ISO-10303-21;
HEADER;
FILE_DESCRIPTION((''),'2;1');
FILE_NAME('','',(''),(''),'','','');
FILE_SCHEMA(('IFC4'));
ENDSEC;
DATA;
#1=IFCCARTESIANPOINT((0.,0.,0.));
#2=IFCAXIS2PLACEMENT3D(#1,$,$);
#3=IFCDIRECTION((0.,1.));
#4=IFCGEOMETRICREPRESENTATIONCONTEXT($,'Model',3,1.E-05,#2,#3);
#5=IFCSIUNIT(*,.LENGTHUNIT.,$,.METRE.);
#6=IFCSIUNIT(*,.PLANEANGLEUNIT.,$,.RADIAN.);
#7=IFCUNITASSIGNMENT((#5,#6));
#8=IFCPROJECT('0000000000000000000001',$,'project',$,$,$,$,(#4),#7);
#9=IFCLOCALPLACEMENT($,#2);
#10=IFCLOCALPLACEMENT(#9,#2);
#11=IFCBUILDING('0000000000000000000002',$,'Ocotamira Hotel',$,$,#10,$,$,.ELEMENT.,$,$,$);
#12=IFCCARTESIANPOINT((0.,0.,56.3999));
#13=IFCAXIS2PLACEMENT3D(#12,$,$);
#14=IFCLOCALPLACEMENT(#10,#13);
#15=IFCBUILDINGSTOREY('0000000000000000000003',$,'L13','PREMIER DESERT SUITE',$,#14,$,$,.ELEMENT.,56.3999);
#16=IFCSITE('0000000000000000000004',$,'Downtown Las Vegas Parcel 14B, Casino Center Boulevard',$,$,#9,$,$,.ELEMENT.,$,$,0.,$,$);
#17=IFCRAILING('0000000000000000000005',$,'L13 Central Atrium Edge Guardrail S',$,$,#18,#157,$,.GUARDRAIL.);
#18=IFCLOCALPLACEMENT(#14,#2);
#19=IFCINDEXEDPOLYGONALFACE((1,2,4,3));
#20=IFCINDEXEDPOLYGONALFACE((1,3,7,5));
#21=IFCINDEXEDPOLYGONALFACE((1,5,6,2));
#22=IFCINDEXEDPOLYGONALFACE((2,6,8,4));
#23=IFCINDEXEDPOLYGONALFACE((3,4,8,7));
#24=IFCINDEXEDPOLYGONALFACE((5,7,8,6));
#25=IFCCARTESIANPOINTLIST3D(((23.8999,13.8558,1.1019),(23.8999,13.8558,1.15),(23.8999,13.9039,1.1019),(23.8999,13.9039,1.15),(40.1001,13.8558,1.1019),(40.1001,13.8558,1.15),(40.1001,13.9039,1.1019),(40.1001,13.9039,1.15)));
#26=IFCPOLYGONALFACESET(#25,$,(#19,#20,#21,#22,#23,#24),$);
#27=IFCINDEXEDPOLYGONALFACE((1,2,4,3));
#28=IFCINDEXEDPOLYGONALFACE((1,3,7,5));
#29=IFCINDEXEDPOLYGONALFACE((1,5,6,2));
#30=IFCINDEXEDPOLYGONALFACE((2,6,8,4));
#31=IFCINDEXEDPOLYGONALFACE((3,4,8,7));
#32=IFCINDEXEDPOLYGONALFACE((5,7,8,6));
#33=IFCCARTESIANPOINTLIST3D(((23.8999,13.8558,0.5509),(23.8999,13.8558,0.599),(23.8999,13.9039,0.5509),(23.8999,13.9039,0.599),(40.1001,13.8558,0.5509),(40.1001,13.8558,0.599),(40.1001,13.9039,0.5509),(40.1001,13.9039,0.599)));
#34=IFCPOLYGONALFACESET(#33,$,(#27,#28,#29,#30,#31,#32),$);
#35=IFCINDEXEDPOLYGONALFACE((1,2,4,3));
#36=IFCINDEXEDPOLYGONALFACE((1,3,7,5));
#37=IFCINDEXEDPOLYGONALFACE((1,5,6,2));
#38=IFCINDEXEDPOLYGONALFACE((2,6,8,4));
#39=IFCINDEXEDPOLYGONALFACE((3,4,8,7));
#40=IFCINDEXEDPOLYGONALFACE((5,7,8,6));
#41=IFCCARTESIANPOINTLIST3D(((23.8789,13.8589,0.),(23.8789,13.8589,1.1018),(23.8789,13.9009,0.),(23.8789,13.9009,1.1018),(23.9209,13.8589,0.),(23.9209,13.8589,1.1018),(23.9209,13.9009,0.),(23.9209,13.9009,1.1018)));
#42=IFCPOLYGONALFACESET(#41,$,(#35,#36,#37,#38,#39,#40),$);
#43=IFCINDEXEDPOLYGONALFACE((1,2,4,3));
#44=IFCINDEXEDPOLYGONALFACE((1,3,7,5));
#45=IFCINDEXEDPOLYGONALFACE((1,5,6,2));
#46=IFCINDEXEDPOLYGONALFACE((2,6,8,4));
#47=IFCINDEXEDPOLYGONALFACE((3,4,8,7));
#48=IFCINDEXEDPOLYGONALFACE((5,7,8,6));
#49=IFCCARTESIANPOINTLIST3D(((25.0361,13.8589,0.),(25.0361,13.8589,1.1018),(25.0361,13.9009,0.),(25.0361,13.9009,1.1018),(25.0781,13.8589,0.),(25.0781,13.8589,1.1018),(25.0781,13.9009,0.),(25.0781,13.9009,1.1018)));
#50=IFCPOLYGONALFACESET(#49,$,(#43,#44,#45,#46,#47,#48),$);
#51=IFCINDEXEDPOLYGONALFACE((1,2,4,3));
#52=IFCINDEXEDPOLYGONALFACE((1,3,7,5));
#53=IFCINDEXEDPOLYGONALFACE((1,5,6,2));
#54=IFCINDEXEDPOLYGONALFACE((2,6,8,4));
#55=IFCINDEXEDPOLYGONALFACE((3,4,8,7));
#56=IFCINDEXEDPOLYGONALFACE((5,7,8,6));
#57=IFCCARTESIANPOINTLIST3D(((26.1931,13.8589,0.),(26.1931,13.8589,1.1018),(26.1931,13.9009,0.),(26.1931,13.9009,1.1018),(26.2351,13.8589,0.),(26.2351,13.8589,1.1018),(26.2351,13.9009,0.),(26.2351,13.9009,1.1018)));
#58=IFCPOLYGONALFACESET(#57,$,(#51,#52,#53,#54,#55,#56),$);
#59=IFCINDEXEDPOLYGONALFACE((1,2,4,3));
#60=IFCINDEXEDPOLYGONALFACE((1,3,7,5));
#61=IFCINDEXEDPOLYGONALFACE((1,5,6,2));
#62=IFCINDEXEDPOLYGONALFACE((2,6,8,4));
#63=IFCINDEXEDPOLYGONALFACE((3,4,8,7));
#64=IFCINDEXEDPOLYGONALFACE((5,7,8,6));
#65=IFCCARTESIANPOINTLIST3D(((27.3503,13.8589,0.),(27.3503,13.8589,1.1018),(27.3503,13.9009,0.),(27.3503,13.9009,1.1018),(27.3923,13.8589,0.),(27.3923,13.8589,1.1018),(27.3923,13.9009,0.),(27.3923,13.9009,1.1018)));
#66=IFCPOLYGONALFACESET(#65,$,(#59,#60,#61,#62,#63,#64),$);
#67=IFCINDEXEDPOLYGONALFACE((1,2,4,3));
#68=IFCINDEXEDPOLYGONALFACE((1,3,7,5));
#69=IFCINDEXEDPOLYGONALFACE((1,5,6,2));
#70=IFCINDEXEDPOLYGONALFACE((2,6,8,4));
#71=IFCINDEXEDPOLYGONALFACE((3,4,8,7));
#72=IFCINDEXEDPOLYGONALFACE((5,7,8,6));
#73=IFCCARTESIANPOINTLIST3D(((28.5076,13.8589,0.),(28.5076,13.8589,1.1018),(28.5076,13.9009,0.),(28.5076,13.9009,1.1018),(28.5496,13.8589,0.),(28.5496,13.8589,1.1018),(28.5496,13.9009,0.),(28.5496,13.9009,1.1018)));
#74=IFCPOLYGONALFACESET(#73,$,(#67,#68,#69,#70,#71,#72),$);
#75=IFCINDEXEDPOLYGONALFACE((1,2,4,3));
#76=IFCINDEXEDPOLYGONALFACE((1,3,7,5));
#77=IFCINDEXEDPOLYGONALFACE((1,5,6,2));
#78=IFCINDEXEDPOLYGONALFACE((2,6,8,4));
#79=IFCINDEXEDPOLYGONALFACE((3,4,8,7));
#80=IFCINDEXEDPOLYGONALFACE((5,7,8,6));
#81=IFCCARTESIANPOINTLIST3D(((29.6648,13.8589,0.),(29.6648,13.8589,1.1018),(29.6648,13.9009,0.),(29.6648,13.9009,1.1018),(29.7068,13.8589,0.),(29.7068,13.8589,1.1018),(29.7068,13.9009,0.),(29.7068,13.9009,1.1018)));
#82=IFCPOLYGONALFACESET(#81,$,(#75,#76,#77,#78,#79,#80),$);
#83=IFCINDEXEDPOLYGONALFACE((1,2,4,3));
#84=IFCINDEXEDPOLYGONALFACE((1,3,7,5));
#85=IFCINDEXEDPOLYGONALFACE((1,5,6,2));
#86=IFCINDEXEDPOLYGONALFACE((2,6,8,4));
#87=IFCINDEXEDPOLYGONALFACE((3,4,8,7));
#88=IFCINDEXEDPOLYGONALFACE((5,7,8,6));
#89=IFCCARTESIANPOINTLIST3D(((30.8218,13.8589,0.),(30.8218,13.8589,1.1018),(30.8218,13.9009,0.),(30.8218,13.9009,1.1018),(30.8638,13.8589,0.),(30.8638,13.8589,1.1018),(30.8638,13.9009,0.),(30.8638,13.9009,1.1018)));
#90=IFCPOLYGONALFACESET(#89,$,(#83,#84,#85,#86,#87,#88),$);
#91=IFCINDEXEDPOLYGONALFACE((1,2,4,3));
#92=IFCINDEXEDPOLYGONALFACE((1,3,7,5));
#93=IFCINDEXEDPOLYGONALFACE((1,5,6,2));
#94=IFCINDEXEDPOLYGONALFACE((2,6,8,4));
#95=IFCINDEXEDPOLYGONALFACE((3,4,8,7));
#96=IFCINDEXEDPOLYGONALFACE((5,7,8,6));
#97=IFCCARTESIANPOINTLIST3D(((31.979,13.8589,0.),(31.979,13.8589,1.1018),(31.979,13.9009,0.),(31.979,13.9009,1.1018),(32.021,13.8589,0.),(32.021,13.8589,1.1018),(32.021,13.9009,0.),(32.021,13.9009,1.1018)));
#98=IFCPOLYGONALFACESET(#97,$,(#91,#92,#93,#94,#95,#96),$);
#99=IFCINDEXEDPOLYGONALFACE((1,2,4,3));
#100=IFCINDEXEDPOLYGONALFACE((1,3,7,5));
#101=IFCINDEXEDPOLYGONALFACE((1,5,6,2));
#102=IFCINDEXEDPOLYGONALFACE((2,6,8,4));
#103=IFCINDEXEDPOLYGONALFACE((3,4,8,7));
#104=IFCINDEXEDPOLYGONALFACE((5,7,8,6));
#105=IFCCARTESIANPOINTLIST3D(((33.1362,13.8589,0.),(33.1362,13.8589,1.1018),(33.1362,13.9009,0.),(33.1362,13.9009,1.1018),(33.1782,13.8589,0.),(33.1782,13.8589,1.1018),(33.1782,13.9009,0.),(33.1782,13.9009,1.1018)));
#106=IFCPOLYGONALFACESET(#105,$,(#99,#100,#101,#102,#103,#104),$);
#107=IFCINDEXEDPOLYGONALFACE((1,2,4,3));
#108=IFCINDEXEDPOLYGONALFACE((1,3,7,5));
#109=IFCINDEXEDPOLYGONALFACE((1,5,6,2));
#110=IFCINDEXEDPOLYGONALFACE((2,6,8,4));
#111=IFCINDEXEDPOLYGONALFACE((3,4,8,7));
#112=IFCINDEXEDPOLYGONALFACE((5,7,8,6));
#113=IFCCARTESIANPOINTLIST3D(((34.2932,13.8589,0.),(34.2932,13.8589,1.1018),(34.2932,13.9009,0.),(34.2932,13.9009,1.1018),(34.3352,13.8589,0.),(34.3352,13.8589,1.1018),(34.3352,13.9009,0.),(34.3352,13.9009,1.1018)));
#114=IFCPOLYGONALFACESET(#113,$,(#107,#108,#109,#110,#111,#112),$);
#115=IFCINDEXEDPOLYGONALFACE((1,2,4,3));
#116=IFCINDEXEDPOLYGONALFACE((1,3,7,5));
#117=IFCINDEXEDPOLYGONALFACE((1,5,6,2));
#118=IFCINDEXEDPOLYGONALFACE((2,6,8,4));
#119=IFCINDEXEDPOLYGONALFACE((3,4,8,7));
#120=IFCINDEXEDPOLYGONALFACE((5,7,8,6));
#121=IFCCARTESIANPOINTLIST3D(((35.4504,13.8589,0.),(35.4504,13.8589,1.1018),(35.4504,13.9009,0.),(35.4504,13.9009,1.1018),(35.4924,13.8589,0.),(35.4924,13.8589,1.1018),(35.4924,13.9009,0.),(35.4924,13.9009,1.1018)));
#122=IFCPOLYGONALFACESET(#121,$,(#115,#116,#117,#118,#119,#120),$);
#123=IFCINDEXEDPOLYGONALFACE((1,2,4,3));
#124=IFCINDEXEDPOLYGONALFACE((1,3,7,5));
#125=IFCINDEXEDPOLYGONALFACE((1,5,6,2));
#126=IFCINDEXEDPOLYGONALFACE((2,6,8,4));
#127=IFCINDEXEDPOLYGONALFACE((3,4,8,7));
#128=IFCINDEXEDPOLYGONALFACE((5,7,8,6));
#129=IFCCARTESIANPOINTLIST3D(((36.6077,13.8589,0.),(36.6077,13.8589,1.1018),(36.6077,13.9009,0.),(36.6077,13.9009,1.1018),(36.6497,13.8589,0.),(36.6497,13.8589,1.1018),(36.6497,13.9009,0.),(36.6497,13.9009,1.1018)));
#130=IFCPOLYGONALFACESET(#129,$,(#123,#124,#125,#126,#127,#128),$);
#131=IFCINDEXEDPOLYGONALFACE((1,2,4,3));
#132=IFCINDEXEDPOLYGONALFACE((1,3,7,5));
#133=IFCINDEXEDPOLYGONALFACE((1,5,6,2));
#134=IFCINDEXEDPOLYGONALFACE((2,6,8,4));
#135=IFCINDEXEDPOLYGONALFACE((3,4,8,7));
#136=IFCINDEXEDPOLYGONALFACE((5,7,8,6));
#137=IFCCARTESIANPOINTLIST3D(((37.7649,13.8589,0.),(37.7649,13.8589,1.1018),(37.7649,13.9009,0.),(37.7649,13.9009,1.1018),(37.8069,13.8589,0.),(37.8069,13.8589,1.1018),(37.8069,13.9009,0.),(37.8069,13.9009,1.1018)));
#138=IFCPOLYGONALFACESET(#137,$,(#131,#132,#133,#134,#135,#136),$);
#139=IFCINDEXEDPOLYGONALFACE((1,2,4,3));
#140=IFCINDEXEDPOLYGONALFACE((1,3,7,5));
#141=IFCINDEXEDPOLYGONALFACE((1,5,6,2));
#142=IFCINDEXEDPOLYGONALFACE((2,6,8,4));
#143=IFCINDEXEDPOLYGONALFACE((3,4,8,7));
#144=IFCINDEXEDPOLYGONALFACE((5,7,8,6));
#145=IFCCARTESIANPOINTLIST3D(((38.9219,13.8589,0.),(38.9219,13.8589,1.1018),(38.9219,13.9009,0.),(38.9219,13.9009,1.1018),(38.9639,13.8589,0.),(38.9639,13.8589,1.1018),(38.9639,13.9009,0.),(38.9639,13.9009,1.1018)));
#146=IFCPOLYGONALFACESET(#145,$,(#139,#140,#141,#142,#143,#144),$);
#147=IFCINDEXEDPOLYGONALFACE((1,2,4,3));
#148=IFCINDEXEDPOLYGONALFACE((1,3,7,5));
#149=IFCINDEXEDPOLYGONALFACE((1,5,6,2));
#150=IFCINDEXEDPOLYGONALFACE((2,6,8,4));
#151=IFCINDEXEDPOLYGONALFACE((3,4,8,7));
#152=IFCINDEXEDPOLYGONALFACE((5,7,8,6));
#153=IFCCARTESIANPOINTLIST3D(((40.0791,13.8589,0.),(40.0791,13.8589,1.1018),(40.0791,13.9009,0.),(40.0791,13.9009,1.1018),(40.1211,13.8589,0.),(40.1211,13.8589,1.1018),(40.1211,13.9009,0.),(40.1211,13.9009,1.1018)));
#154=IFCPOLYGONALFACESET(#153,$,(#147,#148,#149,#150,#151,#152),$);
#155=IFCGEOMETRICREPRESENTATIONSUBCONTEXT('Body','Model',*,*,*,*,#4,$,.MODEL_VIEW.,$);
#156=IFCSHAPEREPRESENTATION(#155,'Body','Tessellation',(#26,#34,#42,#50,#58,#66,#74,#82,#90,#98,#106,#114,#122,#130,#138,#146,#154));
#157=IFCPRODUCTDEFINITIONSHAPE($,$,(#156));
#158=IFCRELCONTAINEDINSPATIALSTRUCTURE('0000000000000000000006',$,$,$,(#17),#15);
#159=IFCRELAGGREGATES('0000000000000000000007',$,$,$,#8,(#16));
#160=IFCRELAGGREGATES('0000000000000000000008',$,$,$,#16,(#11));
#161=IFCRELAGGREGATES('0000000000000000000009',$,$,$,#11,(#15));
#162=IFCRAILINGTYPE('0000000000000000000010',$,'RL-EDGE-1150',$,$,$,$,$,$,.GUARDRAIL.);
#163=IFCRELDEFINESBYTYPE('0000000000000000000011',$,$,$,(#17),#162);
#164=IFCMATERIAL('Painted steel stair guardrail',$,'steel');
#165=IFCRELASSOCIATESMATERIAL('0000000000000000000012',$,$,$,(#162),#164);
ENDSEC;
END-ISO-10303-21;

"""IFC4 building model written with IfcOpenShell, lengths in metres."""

from ifc_helpers import new_model, si_unit, direction, frame, origin, origin_2d, place, context, subcontext, project, spatial, rectangle, extrude, material, type_object, element, save


model = new_model("IFC4")

# Units and contexts
model_context = context("Model", 3, precision=1e-05, world=origin(), true_north=direction((0.0, 1.0)))
body_context = subcontext(model_context, "Body", "Model", "MODEL_VIEW")
ifc_project = project(units=[si_unit("LENGTHUNIT", "METRE"), si_unit("PLANEANGLEUNIT", "RADIAN")], contexts=[model_context])

# Site, building, storey
site_placement = place(None, origin())
site = spatial("IfcSite", under=ifc_project, at=site_placement, Name="Downtown Las Vegas Parcel 14B, Casino Center Boulevard", CompositionType="ELEMENT", RefElevation=0.0)
building_placement = place(site_placement, origin())
building = spatial("IfcBuilding", under=site, at=building_placement, Name="Ocotamira Hotel", CompositionType="ELEMENT")
storey_placement = place(building_placement, frame((0.0, 0.0, 56.3999)))
storey = spatial("IfcBuildingStorey", under=building, at=storey_placement, Name="L13", Description="PREMIER DESERT SUITE", CompositionType="ELEMENT", Elevation=56.3999)

# Railing
ifc_material_1 = material(Name="Painted steel stair guardrail", Category="steel")
railing_type = type_object("IfcRailingType", Name="RL-EDGE-1150", PredefinedType="GUARDRAIL", material=ifc_material_1)
railing_placement = place(storey_placement, frame((23.8999, 13.8799, 0.0)))
element("IfcRailing", 1, at=railing_placement, inside=storey, type_object=railing_type, Name="L13 Central Atrium Edge Guardrail S", PredefinedType="GUARDRAIL", context=body_context, shape_type="SweptSolid", body=[
    extrude(rectangle(XDim=0.0481, YDim=0.0481, at=origin_2d()), frame((0.0, 0.0, 1.126), z_axis=(1.0, 0.0, 0.0), x_axis=(0.0, 1.0, 0.0)), (0.0, 0.0, 1.0), 16.2002),
    extrude(rectangle(XDim=0.0481, YDim=0.0481, at=origin_2d()), frame((0.0, 0.0, 0.575), z_axis=(1.0, 0.0, 0.0), x_axis=(0.0, 1.0, 0.0)), (0.0, 0.0, 1.0), 16.2002),
    extrude(rectangle(XDim=0.042, YDim=0.042, at=origin_2d()), origin(), (0.0, 0.0, 1.0), 1.1018),
    extrude(rectangle(XDim=0.042, YDim=0.042, at=origin_2d()), frame((1.1572, 0.0, 0.0)), (0.0, 0.0, 1.0), 1.1018),
    extrude(rectangle(XDim=0.042, YDim=0.042, at=origin_2d()), frame((2.3142, 0.0, 0.0)), (0.0, 0.0, 1.0), 1.1018),
    extrude(rectangle(XDim=0.042, YDim=0.042, at=origin_2d()), frame((3.4714, 0.0, 0.0)), (0.0, 0.0, 1.0), 1.1018),
    extrude(rectangle(XDim=0.042, YDim=0.042, at=origin_2d()), frame((4.6287, 0.0, 0.0)), (0.0, 0.0, 1.0), 1.1018),
    extrude(rectangle(XDim=0.042, YDim=0.042, at=origin_2d()), frame((5.7859, 0.0, 0.0)), (0.0, 0.0, 1.0), 1.1018),
    extrude(rectangle(XDim=0.042, YDim=0.042, at=origin_2d()), frame((6.9429, 0.0, 0.0)), (0.0, 0.0, 1.0), 1.1018),
    extrude(rectangle(XDim=0.042, YDim=0.042, at=origin_2d()), frame((8.1001, 0.0, 0.0)), (0.0, 0.0, 1.0), 1.1018),
    extrude(rectangle(XDim=0.042, YDim=0.042, at=origin_2d()), frame((9.2573, 0.0, 0.0)), (0.0, 0.0, 1.0), 1.1018),
    extrude(rectangle(XDim=0.042, YDim=0.042, at=origin_2d()), frame((10.4143, 0.0, 0.0)), (0.0, 0.0, 1.0), 1.1018),
    extrude(rectangle(XDim=0.042, YDim=0.042, at=origin_2d()), frame((11.5715, 0.0, 0.0)), (0.0, 0.0, 1.0), 1.1018),
    extrude(rectangle(XDim=0.042, YDim=0.042, at=origin_2d()), frame((12.7288, 0.0, 0.0)), (0.0, 0.0, 1.0), 1.1018),
    extrude(rectangle(XDim=0.042, YDim=0.042, at=origin_2d()), frame((13.886, 0.0, 0.0)), (0.0, 0.0, 1.0), 1.1018),
    extrude(rectangle(XDim=0.042, YDim=0.042, at=origin_2d()), frame((15.043, 0.0, 0.0)), (0.0, 0.0, 1.0), 1.1018),
    extrude(rectangle(XDim=0.042, YDim=0.042, at=origin_2d()), frame((16.2002, 0.0, 0.0)), (0.0, 0.0, 1.0), 1.1018),
])

save(model, "model.ifc")
